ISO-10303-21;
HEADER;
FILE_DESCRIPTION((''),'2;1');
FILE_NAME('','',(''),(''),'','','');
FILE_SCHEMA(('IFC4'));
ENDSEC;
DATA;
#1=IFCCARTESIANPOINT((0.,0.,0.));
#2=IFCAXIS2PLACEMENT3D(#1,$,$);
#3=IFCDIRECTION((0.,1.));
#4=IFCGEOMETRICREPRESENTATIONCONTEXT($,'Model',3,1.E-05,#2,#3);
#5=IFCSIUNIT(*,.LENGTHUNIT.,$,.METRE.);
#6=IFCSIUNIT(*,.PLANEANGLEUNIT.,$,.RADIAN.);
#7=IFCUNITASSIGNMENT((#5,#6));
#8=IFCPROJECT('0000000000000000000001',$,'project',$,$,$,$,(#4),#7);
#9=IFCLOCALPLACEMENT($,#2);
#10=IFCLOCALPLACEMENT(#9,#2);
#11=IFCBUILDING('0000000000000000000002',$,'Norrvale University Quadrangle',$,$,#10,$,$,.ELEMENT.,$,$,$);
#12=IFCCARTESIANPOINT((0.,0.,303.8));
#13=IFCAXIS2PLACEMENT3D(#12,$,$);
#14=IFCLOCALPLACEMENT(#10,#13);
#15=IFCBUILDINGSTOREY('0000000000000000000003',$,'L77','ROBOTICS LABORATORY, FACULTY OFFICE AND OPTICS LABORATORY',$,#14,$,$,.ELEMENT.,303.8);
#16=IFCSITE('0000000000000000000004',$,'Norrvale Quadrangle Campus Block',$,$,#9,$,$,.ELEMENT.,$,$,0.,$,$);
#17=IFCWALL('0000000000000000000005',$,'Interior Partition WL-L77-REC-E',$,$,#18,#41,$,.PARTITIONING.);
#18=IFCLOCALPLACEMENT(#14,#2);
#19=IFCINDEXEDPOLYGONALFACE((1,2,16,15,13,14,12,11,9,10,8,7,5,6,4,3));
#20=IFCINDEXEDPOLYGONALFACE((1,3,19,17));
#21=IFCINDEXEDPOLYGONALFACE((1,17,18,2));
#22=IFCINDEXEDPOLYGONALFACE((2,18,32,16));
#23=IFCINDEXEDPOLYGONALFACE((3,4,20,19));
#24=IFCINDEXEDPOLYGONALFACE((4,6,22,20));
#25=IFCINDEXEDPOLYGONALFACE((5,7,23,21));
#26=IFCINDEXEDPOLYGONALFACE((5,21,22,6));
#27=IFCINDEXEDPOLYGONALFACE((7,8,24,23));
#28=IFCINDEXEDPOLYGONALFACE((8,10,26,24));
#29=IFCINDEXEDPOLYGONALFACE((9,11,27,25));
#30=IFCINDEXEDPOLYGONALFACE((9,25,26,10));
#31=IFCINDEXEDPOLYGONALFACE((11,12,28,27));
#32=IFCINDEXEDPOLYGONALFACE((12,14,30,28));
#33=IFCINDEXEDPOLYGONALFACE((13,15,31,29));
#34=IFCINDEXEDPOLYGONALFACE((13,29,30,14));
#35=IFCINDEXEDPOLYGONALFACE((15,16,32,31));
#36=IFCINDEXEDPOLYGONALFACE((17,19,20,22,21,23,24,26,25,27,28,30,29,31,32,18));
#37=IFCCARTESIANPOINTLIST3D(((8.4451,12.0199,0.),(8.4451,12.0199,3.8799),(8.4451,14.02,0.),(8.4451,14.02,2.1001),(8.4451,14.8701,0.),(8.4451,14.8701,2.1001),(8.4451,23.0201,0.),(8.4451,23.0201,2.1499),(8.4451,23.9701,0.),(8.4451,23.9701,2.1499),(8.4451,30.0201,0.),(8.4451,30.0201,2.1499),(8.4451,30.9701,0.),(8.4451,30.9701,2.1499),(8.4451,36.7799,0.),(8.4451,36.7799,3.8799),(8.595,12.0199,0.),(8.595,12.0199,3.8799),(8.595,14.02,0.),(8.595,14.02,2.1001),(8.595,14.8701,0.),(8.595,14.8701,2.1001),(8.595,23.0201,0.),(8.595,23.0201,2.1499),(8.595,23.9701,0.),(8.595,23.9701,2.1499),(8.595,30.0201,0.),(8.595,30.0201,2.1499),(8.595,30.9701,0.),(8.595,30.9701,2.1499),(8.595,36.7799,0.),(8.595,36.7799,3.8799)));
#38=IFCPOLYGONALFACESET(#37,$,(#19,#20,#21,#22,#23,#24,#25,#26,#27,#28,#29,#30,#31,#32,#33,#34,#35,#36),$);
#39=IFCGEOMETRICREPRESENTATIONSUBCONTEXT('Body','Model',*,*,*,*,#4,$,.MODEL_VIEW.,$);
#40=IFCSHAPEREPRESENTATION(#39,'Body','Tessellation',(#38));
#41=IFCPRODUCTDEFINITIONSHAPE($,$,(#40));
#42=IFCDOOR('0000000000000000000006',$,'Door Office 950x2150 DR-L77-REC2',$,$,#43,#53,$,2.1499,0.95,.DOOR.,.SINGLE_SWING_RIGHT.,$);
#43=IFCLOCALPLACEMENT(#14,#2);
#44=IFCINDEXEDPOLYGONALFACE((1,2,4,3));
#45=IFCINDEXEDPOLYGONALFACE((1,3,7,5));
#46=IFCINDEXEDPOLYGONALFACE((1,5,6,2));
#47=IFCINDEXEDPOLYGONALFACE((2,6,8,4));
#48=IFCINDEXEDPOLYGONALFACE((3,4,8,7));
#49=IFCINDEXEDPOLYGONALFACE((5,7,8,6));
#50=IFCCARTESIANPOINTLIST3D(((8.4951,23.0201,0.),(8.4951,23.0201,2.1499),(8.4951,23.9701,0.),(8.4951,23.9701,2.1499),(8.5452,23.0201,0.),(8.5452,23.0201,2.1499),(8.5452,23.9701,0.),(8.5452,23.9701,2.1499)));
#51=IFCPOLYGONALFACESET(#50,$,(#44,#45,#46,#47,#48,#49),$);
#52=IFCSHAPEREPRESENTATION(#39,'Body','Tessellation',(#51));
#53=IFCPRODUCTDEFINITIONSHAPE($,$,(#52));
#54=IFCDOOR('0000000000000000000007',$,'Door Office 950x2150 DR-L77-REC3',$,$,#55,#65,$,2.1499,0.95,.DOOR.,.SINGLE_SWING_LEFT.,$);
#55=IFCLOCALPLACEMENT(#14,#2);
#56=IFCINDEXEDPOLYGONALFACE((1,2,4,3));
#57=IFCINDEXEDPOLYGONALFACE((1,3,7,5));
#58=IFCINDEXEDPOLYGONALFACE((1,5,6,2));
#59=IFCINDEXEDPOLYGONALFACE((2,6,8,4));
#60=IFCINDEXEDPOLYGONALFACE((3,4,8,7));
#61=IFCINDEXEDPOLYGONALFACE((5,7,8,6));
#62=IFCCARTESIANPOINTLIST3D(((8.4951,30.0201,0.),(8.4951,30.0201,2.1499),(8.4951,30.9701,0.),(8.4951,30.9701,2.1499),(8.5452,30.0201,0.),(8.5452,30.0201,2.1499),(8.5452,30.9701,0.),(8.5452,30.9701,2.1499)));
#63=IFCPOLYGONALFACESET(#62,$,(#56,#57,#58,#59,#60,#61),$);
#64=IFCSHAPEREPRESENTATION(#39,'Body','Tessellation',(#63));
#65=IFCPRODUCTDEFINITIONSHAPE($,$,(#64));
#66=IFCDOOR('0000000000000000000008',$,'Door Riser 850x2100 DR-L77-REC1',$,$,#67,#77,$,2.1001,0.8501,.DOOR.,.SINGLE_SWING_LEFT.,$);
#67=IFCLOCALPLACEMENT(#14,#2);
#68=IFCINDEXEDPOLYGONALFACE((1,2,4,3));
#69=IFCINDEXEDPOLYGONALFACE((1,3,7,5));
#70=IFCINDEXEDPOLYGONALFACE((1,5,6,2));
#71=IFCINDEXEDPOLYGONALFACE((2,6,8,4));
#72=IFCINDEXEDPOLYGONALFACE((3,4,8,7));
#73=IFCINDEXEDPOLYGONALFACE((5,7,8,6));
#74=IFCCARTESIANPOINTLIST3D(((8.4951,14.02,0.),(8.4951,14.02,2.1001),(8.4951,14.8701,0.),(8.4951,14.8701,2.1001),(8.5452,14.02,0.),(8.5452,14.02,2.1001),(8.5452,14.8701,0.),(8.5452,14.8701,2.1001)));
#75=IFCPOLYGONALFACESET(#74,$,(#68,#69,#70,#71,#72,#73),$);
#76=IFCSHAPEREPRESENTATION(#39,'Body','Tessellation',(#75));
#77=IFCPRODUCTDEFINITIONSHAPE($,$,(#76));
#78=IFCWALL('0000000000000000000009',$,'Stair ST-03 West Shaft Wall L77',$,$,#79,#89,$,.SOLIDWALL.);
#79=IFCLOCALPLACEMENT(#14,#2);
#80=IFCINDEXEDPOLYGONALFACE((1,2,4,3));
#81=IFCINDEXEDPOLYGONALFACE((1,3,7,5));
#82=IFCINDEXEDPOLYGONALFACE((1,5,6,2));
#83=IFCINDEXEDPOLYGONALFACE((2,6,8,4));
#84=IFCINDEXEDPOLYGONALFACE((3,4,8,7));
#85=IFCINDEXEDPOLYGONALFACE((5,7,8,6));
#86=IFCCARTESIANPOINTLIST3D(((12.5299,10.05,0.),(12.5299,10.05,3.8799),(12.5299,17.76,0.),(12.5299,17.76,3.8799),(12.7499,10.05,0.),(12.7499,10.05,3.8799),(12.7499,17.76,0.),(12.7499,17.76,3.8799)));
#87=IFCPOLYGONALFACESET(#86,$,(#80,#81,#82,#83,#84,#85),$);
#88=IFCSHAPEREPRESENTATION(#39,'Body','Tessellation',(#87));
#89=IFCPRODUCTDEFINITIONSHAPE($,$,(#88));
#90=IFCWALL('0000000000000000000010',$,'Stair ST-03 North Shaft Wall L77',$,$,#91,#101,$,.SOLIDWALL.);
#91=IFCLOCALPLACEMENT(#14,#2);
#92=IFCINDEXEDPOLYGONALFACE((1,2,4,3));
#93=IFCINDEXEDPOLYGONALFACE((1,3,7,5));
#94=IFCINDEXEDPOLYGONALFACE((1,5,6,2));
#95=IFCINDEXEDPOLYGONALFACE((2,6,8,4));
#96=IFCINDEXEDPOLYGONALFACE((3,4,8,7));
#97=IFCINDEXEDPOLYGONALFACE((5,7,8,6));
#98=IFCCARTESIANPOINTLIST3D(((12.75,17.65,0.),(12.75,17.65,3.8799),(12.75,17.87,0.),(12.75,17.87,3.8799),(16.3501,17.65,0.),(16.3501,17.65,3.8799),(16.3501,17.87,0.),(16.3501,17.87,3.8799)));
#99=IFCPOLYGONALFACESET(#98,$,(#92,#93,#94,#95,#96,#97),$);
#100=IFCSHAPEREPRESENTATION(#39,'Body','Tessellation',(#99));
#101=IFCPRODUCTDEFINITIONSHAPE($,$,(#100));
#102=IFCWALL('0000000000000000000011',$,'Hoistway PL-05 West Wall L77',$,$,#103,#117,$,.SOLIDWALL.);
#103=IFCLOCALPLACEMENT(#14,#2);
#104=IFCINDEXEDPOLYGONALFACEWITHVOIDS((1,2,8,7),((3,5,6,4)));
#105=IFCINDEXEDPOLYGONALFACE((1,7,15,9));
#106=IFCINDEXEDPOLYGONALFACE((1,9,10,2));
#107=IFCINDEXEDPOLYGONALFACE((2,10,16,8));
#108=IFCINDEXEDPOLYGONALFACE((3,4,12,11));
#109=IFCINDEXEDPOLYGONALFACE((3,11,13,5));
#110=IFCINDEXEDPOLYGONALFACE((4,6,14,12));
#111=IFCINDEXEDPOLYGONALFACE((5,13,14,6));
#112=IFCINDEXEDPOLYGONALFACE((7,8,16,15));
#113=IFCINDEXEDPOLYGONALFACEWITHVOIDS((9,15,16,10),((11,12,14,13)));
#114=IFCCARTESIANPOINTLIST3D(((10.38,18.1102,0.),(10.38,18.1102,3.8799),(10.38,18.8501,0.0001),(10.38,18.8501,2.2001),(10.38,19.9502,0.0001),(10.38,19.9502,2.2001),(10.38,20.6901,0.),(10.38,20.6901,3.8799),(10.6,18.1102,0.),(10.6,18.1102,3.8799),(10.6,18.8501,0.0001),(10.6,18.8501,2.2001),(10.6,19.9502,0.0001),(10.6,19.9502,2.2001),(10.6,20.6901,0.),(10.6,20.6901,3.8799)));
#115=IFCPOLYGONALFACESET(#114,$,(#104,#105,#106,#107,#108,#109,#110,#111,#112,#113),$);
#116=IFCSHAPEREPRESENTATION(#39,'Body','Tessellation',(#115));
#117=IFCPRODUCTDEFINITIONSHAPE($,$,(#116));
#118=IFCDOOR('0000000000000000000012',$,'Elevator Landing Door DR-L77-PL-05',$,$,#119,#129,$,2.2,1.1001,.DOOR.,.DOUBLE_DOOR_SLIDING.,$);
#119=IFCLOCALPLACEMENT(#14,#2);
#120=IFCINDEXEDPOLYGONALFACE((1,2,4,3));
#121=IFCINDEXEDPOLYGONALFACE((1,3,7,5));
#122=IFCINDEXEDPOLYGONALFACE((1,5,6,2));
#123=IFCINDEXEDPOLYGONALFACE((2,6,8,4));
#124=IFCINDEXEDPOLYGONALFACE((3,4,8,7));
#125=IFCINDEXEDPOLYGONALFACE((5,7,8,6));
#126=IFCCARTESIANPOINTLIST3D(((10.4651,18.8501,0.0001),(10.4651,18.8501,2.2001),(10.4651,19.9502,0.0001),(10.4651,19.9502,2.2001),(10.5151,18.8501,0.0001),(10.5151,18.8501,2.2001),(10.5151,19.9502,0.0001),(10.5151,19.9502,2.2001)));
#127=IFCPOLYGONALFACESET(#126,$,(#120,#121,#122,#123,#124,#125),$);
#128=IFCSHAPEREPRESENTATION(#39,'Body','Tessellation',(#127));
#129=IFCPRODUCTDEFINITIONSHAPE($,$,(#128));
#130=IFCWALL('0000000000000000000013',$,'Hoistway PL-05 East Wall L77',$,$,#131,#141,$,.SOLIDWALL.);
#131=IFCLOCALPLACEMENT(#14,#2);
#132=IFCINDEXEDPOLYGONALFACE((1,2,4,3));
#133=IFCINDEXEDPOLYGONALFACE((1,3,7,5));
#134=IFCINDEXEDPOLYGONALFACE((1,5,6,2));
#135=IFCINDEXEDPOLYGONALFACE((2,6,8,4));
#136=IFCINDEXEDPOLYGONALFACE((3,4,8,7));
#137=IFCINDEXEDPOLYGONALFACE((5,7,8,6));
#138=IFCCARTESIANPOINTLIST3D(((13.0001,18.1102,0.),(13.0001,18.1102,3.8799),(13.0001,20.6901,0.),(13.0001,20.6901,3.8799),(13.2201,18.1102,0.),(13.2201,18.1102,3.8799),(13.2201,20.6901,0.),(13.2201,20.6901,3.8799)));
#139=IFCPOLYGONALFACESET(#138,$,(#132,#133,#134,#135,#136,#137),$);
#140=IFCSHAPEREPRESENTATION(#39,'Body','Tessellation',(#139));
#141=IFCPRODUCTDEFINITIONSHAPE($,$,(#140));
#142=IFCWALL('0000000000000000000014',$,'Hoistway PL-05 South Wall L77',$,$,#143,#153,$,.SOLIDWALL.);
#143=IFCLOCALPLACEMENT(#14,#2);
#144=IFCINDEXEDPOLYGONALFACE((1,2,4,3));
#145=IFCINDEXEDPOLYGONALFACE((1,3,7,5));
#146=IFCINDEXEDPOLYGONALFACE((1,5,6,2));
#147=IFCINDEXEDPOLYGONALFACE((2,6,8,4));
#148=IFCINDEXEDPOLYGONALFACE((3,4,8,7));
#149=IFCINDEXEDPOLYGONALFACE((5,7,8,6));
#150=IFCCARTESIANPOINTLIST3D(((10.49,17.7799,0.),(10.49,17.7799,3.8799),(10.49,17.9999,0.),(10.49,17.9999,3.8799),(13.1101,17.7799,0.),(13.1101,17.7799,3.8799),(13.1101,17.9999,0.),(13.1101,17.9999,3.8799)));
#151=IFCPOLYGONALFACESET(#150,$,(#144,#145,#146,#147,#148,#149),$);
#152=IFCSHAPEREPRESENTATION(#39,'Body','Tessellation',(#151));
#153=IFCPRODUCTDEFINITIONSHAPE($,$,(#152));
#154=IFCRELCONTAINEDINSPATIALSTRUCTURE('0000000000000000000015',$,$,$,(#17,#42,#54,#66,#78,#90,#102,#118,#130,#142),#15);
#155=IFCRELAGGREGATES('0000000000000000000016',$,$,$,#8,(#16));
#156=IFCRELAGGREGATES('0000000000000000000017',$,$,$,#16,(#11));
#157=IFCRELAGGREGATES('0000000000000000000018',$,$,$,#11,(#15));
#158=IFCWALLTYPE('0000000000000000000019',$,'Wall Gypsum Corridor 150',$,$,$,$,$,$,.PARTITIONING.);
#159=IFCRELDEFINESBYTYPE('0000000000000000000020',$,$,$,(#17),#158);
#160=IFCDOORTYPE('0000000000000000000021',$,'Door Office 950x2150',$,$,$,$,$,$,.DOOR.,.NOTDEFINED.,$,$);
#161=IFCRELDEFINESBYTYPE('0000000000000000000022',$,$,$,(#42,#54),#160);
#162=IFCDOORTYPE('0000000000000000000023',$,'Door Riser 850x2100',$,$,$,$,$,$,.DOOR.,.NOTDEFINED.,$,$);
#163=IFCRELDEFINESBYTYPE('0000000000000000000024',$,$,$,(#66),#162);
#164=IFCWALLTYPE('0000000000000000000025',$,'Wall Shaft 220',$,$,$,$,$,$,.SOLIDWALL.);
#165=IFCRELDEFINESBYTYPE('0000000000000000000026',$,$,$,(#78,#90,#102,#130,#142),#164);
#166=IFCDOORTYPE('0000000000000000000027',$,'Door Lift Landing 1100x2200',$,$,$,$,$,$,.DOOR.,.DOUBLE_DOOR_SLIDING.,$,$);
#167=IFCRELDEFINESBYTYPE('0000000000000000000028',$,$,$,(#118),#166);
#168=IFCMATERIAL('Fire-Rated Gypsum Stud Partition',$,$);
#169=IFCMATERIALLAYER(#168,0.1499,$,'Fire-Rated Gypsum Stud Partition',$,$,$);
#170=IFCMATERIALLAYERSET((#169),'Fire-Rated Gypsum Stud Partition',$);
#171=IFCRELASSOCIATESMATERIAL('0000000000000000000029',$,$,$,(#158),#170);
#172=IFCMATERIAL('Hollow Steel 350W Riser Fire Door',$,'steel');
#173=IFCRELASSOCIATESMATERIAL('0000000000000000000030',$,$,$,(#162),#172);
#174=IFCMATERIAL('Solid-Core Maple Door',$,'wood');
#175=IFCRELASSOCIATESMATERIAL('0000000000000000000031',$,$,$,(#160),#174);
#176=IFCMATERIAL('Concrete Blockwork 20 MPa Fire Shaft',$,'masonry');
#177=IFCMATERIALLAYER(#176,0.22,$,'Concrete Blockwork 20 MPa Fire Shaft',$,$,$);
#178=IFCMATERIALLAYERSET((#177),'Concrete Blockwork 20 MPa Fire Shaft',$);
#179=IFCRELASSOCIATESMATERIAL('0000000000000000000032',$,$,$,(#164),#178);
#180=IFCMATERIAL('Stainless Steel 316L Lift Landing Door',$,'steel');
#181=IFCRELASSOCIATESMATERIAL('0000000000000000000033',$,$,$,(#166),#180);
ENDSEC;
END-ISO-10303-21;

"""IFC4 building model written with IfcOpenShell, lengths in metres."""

from ifc_helpers import new_model, si_unit, direction, frame, frame_2d, origin, place, context, subcontext, project, spatial, rectangle, extrude, material, layer, layer_set, type_object, element, fill, save


model = new_model("IFC4")

# Units and contexts
model_context = context("Model", 3, precision=1e-05, world=origin(), true_north=direction((0.0, 1.0)))
body_context = subcontext(model_context, "Body", "Model", "MODEL_VIEW")
ifc_project = project(units=[si_unit("LENGTHUNIT", "METRE"), si_unit("PLANEANGLEUNIT", "RADIAN")], contexts=[model_context])

# Site, building, storey
site_placement = place(None, origin())
site = spatial("IfcSite", under=ifc_project, at=site_placement, Name="Norrvale Quadrangle Campus Block", CompositionType="ELEMENT", RefElevation=0.0)
building_placement = place(site_placement, origin())
building = spatial("IfcBuilding", under=site, at=building_placement, Name="Norrvale University Quadrangle", CompositionType="ELEMENT")
storey_placement = place(building_placement, frame((0.0, 0.0, 303.8)))
storey = spatial("IfcBuildingStorey", under=building, at=storey_placement, Name="L77", Description="ROBOTICS LABORATORY, FACULTY OFFICE AND OPTICS LABORATORY", CompositionType="ELEMENT", Elevation=303.8)

# Shared definitions
ifc_material_1 = material(Name="Fire-Rated Gypsum Stud Partition")
ifc_layer_1 = layer(ifc_material_1, 0.1499, Name="Fire-Rated Gypsum Stud Partition")
ifc_layer_set_1 = layer_set([ifc_layer_1], Name="Fire-Rated Gypsum Stud Partition")
wall_type_1 = type_object("IfcWallType", Name="Wall Gypsum Corridor 150", PredefinedType="PARTITIONING", material=ifc_layer_set_1)
ifc_material_2 = material(Name="Hollow Steel 350W Riser Fire Door", Category="steel")
door_type_1 = type_object("IfcDoorType", Name="Door Riser 850x2100", OperationType="NOTDEFINED", PredefinedType="DOOR", material=ifc_material_2)

# Wall, openings, doors
wall_1_placement = place(storey_placement, frame((8.52, 12.02, 0.0), z_axis=(0.0, 0.0, 1.0), x_axis=(0.0, 1.0, 0.0)))
wall_1 = element("IfcWall", 1, at=wall_1_placement, inside=storey, type_object=wall_type_1, Name="Interior Partition WL-L77-REC-E", PredefinedType="PARTITIONING", context=body_context, shape_type="SweptSolid", body=[
    extrude(rectangle(XDim=24.76, YDim=0.1499, at=frame_2d((12.3799, 0.0))), origin(), (0.0, 0.0, 1.0), 3.8799),
])
opening_1_placement = place(wall_1_placement, frame((2.0, 0.0, 0.0)))
opening_1 = element("IfcOpeningElement", 2, at=opening_1_placement, cuts=wall_1, PredefinedType="OPENING", context=body_context, shape_type="SweptSolid", body=[
    extrude(rectangle(XDim=0.8501, YDim=2.1001, at=frame_2d((0.425, 1.05))), frame((0.0, 0.0869, 0.0), z_axis=(0.0, -1.0, 0.0), x_axis=(1.0, 0.0, 0.0)), (0.0, 0.0, 1.0), 0.1738),
])
opening_2_placement = place(wall_1_placement, frame((11.0, 0.0, 0.0)))
opening_2 = element("IfcOpeningElement", 3, at=opening_2_placement, cuts=wall_1, PredefinedType="OPENING", context=body_context, shape_type="SweptSolid", body=[
    extrude(rectangle(XDim=0.95, YDim=2.1499, at=frame_2d((0.4751, 1.075))), frame((0.0, 0.0869, 0.0), z_axis=(0.0, -1.0, 0.0), x_axis=(1.0, 0.0, 0.0)), (0.0, 0.0, 1.0), 0.1738),
])
opening_3_placement = place(wall_1_placement, frame((18.0, 0.0, 0.0)))
opening_3 = element("IfcOpeningElement", 4, at=opening_3_placement, cuts=wall_1, PredefinedType="OPENING", context=body_context, shape_type="SweptSolid", body=[
    extrude(rectangle(XDim=0.95, YDim=2.1499, at=frame_2d((0.4751, 1.075))), frame((0.0, 0.0869, 0.0), z_axis=(0.0, -1.0, 0.0), x_axis=(1.0, 0.0, 0.0)), (0.0, 0.0, 1.0), 0.1738),
])
ifc_material_3 = material(Name="Solid-Core Maple Door", Category="wood")
door_type_2 = type_object("IfcDoorType", Name="Door Office 950x2150", OperationType="NOTDEFINED", PredefinedType="DOOR", material=ifc_material_3)
door_1_placement = place(opening_2_placement, origin())
door_1 = element("IfcDoor", 5, at=door_1_placement, inside=storey, type_object=door_type_2, Name="Door Office 950x2150 DR-L77-REC2", OperationType="SINGLE_SWING_RIGHT", OverallHeight=2.1499, OverallWidth=0.95, PredefinedType="DOOR", context=body_context, shape_type="SweptSolid", body=[
    extrude(rectangle(XDim=0.95, YDim=2.1499, at=frame_2d((0.4751, 1.075))), frame((0.0, 0.0249, 0.0), z_axis=(0.0, -1.0, 0.0), x_axis=(1.0, 0.0, 0.0)), (0.0, 0.0, 1.0), 0.05),
])
fill(opening_2, door_1)
door_2_placement = place(opening_3_placement, origin())
door_2 = element("IfcDoor", 6, at=door_2_placement, inside=storey, type_object=door_type_2, Name="Door Office 950x2150 DR-L77-REC3", OperationType="SINGLE_SWING_LEFT", OverallHeight=2.1499, OverallWidth=0.95, PredefinedType="DOOR", context=body_context, shape_type="SweptSolid", body=[
    extrude(rectangle(XDim=0.95, YDim=2.1499, at=frame_2d((0.4751, 1.075))), frame((0.0, 0.0249, 0.0), z_axis=(0.0, -1.0, 0.0), x_axis=(1.0, 0.0, 0.0)), (0.0, 0.0, 1.0), 0.05),
])
fill(opening_3, door_2)
door_3_placement = place(opening_1_placement, origin())
door_3 = element("IfcDoor", 7, at=door_3_placement, inside=storey, type_object=door_type_1, Name="Door Riser 850x2100 DR-L77-REC1", OperationType="SINGLE_SWING_LEFT", OverallHeight=2.1001, OverallWidth=0.8501, PredefinedType="DOOR", context=body_context, shape_type="SweptSolid", body=[
    extrude(rectangle(XDim=0.8501, YDim=2.1001, at=frame_2d((0.425, 1.05))), frame((0.0, 0.0249, 0.0), z_axis=(0.0, -1.0, 0.0), x_axis=(1.0, 0.0, 0.0)), (0.0, 0.0, 1.0), 0.05),
])
fill(opening_1, door_3)

# Walls
ifc_material_4 = material(Name="Concrete Blockwork 20 MPa Fire Shaft", Category="masonry")
ifc_layer_2 = layer(ifc_material_4, 0.22, Name="Concrete Blockwork 20 MPa Fire Shaft")
ifc_layer_set_2 = layer_set([ifc_layer_2], Name="Concrete Blockwork 20 MPa Fire Shaft")
wall_type_2 = type_object("IfcWallType", Name="Wall Shaft 220", PredefinedType="SOLIDWALL", material=ifc_layer_set_2)
wall_2_placement = place(storey_placement, frame((12.6399, 10.05, 0.0), z_axis=(0.0, 0.0, 1.0), x_axis=(0.0, 1.0, 0.0)))
element("IfcWall", 8, at=wall_2_placement, inside=storey, type_object=wall_type_2, Name="Stair ST-03 West Shaft Wall L77", PredefinedType="SOLIDWALL", context=body_context, shape_type="SweptSolid", body=[
    extrude(rectangle(XDim=7.71, YDim=0.22, at=frame_2d((3.855, 0.0))), origin(), (0.0, 0.0, 1.0), 3.8799),
])
wall_3_placement = place(storey_placement, frame((12.75, 17.76, 0.0), z_axis=(0.0, 0.0, 1.0), x_axis=(1.0, 0.0, 0.0)))
element("IfcWall", 9, at=wall_3_placement, inside=storey, type_object=wall_type_2, Name="Stair ST-03 North Shaft Wall L77", PredefinedType="SOLIDWALL", context=body_context, shape_type="SweptSolid", body=[
    extrude(rectangle(XDim=3.6001, YDim=0.22, at=frame_2d((1.8, 0.0))), origin(), (0.0, 0.0, 1.0), 3.8799),
])

# Wall, opening, door
wall_4_placement = place(storey_placement, frame((10.49, 18.1101, 0.0), z_axis=(0.0, 0.0, 1.0), x_axis=(0.0, 1.0, 0.0)))
wall_4 = element("IfcWall", 10, at=wall_4_placement, inside=storey, type_object=wall_type_2, Name="Hoistway PL-05 West Wall L77", PredefinedType="SOLIDWALL", context=body_context, shape_type="SweptSolid", body=[
    extrude(rectangle(XDim=2.5798, YDim=0.22, at=frame_2d((1.29, 0.0))), origin(), (0.0, 0.0, 1.0), 3.8799),
])
opening_4_placement = place(wall_4_placement, frame((0.74, 0.0, 0.0)))
opening_4 = element("IfcOpeningElement", 11, at=opening_4_placement, cuts=wall_4, PredefinedType="OPENING", context=body_context, shape_type="SweptSolid", body=[
    extrude(rectangle(XDim=1.1001, YDim=2.2, at=frame_2d((0.55, 1.1001))), frame((0.0, 0.1221, 0.0), z_axis=(0.0, -1.0, 0.0), x_axis=(1.0, 0.0, 0.0)), (0.0, 0.0, 1.0), 0.2439),
])
ifc_material_5 = material(Name="Stainless Steel 316L Lift Landing Door", Category="steel")
door_type_3 = type_object("IfcDoorType", Name="Door Lift Landing 1100x2200", OperationType="DOUBLE_DOOR_SLIDING", PredefinedType="DOOR", material=ifc_material_5)
door_4_placement = place(opening_4_placement, origin())
door_4 = element("IfcDoor", 12, at=door_4_placement, inside=storey, type_object=door_type_3, Name="Elevator Landing Door DR-L77-PL-05", OperationType="DOUBLE_DOOR_SLIDING", OverallHeight=2.2, OverallWidth=1.1001, PredefinedType="DOOR", context=body_context, shape_type="SweptSolid", body=[
    extrude(rectangle(XDim=1.1001, YDim=2.2, at=frame_2d((0.55, 1.1001))), frame((0.0, 0.0249, 0.0), z_axis=(0.0, -1.0, 0.0), x_axis=(1.0, 0.0, 0.0)), (0.0, 0.0, 1.0), 0.05),
])
fill(opening_4, door_4)

# Walls
wall_5_placement = place(storey_placement, frame((13.1101, 18.1101, 0.0), z_axis=(0.0, 0.0, 1.0), x_axis=(0.0, 1.0, 0.0)))
element("IfcWall", 13, at=wall_5_placement, inside=storey, type_object=wall_type_2, Name="Hoistway PL-05 East Wall L77", PredefinedType="SOLIDWALL", context=body_context, shape_type="SweptSolid", body=[
    extrude(rectangle(XDim=2.5798, YDim=0.22, at=frame_2d((1.29, 0.0))), origin(), (0.0, 0.0, 1.0), 3.8799),
])
wall_6_placement = place(storey_placement, frame((10.49, 17.8899, 0.0), z_axis=(0.0, 0.0, 1.0), x_axis=(1.0, 0.0, 0.0)))
element("IfcWall", 14, at=wall_6_placement, inside=storey, type_object=wall_type_2, Name="Hoistway PL-05 South Wall L77", PredefinedType="SOLIDWALL", context=body_context, shape_type="SweptSolid", body=[
    extrude(rectangle(XDim=2.6201, YDim=0.22, at=frame_2d((1.3101, 0.0))), origin(), (0.0, 0.0, 1.0), 3.8799),
])

save(model, "model.ifc")
